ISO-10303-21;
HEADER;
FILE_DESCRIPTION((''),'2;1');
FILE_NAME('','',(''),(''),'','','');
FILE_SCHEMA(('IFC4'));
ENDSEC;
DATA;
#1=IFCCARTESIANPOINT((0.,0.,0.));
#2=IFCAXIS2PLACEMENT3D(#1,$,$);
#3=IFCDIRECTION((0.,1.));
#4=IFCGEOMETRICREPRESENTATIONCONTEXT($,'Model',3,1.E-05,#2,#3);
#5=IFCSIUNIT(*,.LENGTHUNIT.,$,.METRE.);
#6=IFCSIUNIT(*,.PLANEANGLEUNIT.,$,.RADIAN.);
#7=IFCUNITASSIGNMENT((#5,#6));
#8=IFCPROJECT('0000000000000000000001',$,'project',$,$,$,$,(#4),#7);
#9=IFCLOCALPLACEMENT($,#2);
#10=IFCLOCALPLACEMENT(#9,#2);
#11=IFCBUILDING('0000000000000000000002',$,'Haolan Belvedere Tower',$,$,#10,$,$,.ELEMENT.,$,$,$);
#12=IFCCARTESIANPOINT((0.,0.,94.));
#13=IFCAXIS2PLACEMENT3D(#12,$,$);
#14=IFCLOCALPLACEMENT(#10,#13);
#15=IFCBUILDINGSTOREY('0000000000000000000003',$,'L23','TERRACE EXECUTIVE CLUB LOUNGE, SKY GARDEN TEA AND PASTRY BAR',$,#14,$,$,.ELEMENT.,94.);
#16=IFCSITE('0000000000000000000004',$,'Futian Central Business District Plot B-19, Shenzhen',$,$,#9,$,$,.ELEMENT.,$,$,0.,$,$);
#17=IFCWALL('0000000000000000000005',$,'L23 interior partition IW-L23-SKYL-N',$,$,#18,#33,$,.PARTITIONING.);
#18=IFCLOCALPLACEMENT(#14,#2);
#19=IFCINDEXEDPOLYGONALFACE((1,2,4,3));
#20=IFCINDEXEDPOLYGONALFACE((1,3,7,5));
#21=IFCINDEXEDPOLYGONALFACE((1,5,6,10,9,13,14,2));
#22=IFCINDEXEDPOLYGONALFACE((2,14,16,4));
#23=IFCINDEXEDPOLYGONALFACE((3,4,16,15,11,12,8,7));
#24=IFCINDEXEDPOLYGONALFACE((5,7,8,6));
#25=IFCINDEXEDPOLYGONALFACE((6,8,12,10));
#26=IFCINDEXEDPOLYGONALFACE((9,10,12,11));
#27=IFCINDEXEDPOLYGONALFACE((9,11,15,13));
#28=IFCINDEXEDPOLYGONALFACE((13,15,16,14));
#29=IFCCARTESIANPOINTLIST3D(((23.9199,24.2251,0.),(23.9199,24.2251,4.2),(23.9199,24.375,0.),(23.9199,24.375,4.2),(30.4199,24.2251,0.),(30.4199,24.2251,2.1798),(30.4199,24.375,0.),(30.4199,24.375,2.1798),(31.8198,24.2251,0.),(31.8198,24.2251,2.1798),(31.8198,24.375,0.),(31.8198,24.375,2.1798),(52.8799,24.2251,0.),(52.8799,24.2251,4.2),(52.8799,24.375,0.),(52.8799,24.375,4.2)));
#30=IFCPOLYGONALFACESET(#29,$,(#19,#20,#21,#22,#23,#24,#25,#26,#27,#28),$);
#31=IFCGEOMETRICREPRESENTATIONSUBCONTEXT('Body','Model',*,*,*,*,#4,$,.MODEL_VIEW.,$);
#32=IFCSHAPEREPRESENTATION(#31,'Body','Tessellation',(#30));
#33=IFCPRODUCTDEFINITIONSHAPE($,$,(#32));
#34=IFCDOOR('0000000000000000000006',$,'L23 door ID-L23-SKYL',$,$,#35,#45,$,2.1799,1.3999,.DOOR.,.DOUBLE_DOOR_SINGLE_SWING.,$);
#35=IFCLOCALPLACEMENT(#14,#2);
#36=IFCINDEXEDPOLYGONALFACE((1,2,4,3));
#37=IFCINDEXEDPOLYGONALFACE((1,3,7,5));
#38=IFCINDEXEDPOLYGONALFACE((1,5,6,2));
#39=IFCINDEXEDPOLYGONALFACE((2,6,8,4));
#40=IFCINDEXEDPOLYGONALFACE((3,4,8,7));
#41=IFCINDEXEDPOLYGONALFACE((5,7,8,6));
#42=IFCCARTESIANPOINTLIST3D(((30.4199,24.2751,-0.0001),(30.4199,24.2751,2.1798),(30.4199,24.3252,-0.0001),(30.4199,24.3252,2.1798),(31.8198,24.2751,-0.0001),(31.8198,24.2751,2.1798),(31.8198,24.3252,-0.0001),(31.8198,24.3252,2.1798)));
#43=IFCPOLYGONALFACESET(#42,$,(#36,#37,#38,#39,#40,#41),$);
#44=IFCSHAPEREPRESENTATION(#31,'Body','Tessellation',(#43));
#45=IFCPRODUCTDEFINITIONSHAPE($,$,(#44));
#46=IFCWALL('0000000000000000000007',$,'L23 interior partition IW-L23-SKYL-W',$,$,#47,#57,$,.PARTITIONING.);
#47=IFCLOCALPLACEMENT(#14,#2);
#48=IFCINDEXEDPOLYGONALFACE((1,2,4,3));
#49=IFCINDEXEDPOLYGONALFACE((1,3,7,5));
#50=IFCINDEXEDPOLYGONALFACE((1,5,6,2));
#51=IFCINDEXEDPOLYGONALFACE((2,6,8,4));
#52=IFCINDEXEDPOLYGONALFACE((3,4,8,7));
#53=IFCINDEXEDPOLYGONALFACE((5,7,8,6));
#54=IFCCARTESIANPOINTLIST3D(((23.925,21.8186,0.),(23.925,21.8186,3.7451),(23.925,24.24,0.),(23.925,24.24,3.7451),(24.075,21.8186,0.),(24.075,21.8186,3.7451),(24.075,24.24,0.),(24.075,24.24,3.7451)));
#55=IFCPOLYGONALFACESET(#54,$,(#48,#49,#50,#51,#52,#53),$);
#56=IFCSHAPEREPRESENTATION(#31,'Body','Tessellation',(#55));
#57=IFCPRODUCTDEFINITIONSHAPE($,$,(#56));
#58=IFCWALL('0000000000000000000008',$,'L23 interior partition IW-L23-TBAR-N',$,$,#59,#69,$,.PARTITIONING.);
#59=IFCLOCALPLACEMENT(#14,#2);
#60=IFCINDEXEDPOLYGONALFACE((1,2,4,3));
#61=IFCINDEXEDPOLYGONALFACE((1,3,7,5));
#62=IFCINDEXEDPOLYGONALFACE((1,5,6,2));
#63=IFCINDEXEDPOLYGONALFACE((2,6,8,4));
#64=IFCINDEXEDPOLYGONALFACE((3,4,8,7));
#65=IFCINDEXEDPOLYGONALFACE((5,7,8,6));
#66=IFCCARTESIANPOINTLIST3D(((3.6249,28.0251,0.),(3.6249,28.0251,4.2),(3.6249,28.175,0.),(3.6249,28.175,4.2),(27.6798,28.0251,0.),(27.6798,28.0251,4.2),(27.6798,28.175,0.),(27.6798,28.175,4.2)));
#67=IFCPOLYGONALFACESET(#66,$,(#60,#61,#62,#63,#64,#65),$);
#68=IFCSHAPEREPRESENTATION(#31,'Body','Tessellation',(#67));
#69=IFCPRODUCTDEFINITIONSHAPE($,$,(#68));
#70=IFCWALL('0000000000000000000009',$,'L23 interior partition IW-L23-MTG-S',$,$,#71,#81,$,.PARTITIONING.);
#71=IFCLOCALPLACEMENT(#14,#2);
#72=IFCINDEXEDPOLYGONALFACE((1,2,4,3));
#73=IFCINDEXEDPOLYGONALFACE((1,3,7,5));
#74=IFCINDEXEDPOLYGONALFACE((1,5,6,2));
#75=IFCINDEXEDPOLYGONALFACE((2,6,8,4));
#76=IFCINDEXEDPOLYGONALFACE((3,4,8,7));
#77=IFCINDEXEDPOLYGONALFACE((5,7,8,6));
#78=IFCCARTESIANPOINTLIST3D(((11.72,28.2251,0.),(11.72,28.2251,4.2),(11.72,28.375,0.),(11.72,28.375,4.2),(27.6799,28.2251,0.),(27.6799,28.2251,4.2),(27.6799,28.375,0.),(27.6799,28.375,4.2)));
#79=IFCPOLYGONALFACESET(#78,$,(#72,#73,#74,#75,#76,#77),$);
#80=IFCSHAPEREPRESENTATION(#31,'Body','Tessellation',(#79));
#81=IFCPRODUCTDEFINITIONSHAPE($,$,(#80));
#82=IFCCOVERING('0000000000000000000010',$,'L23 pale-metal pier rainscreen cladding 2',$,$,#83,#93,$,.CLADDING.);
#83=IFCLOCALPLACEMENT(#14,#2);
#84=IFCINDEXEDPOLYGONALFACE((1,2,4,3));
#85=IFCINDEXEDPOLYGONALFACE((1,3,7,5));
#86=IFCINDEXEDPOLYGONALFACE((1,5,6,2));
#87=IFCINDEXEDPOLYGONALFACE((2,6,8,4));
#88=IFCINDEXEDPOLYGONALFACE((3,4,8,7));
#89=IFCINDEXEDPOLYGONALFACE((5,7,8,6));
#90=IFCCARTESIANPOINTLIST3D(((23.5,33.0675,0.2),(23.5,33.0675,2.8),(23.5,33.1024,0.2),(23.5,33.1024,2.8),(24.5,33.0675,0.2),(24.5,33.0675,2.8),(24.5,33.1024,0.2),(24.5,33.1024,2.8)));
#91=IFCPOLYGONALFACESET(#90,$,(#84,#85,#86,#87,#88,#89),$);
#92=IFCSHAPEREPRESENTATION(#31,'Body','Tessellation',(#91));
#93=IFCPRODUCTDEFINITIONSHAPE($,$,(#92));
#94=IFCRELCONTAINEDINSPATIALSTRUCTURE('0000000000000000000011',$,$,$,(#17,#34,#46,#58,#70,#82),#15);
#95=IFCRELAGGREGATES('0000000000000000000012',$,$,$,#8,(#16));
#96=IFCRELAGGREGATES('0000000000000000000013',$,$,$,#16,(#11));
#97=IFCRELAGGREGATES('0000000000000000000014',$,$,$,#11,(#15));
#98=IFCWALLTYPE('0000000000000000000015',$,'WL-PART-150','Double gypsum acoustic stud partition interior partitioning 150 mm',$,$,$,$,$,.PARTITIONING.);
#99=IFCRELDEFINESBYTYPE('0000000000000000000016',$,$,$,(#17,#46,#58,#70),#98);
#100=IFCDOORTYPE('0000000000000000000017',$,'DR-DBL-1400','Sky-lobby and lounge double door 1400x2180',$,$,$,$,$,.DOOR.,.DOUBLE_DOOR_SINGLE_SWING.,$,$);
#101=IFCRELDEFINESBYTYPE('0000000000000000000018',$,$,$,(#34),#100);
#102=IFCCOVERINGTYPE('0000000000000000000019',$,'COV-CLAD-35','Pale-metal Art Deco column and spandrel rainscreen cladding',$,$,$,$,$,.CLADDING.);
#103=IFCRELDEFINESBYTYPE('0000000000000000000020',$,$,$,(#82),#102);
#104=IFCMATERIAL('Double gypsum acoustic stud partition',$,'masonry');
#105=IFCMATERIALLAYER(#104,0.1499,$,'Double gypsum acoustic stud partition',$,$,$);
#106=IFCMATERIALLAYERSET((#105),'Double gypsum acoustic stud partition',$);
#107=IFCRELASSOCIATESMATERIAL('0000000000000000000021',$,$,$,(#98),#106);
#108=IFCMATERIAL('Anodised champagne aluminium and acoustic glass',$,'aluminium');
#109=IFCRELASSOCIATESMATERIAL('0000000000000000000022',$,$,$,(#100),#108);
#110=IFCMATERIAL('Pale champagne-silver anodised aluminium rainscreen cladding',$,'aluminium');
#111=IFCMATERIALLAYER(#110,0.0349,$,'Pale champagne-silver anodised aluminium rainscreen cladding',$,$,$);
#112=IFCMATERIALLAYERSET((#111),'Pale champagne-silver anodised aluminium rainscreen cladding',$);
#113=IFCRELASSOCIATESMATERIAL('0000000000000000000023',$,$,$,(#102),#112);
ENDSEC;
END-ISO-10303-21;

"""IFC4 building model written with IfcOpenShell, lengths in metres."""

from ifc_helpers import new_model, si_unit, direction, frame, frame_2d, origin, origin_2d, place, context, subcontext, project, spatial, rectangle, extrude, material, layer, layer_set, type_object, element, fill, save


model = new_model("IFC4")

# Units and contexts
model_context = context("Model", 3, precision=1e-05, world=origin(), true_north=direction((0.0, 1.0)))
body_context = subcontext(model_context, "Body", "Model", "MODEL_VIEW")
ifc_project = project(units=[si_unit("LENGTHUNIT", "METRE"), si_unit("PLANEANGLEUNIT", "RADIAN")], contexts=[model_context])

# Site, building, storey
site_placement = place(None, origin())
site = spatial("IfcSite", under=ifc_project, at=site_placement, Name="Futian Central Business District Plot B-19, Shenzhen", CompositionType="ELEMENT", RefElevation=0.0)
building_placement = place(site_placement, origin())
building = spatial("IfcBuilding", under=site, at=building_placement, Name="Haolan Belvedere Tower", CompositionType="ELEMENT")
storey_placement = place(building_placement, frame((0.0, 0.0, 94.0)))
storey = spatial("IfcBuildingStorey", under=building, at=storey_placement, Name="L23", Description="TERRACE EXECUTIVE CLUB LOUNGE, SKY GARDEN TEA AND PASTRY BAR", CompositionType="ELEMENT", Elevation=94.0)

# Wall, opening, door
ifc_material_1 = material(Name="Double gypsum acoustic stud partition", Category="masonry")
ifc_layer_1 = layer(ifc_material_1, 0.1499, Name="Double gypsum acoustic stud partition")
ifc_layer_set_1 = layer_set([ifc_layer_1], Name="Double gypsum acoustic stud partition")
wall_type_1 = type_object("IfcWallType", Name="WL-PART-150", Description="Double gypsum acoustic stud partition interior partitioning 150 mm", PredefinedType="PARTITIONING", material=ifc_layer_set_1)
wall_1_placement = place(storey_placement, frame((23.9199, 24.3, 0.0), z_axis=(0.0, 0.0, 1.0), x_axis=(1.0, 0.0, 0.0)))
wall_1 = element("IfcWall", 1, at=wall_1_placement, inside=storey, type_object=wall_type_1, Name="L23 interior partition IW-L23-SKYL-N", PredefinedType="PARTITIONING", context=body_context, shape_type="SweptSolid", body=[
    extrude(rectangle(XDim=28.96, YDim=0.1499, at=frame_2d((14.48, 0.0))), origin(), (0.0, 0.0, 1.0), 4.2),
])
opening_1_placement = place(wall_1_placement, frame((7.8999, 0.0, 0.0), z_axis=(0.0, 0.0, 1.0), x_axis=(-1.0, 0.0, 0.0)))
opening_1 = element("IfcOpeningElement", 2, at=opening_1_placement, cuts=wall_1, PredefinedType="OPENING", context=body_context, shape_type="SweptSolid", body=[
    extrude(rectangle(XDim=1.3999, YDim=2.1799, at=frame_2d((0.7, 1.0898))), frame((0.0, 0.085, 0.0), z_axis=(0.0, -1.0, 0.0), x_axis=(1.0, 0.0, 0.0)), (0.0, 0.0, 1.0), 0.1699),
])
ifc_material_2 = material(Name="Anodised champagne aluminium and acoustic glass", Category="aluminium")
door_type_1 = type_object("IfcDoorType", Name="DR-DBL-1400", Description="Sky-lobby and lounge double door 1400x2180", OperationType="DOUBLE_DOOR_SINGLE_SWING", PredefinedType="DOOR", material=ifc_material_2)
door_1_placement = place(opening_1_placement, origin())
door_1 = element("IfcDoor", 3, at=door_1_placement, inside=storey, type_object=door_type_1, Name="L23 door ID-L23-SKYL", OperationType="DOUBLE_DOOR_SINGLE_SWING", OverallHeight=2.1799, OverallWidth=1.3999, PredefinedType="DOOR", context=body_context, shape_type="SweptSolid", body=[
    extrude(rectangle(XDim=1.3999, YDim=2.1799, at=frame_2d((0.7, 1.0898))), frame((0.0, 0.0249, 0.0), z_axis=(0.0, -1.0, 0.0), x_axis=(1.0, 0.0, 0.0)), (0.0, 0.0, 1.0), 0.05),
])
fill(opening_1, door_1)

# Walls
wall_2_placement = place(storey_placement, frame((24.0, 21.8186, 0.0), z_axis=(0.0, 0.0, 1.0), x_axis=(0.0, 1.0, 0.0)))
element("IfcWall", 4, at=wall_2_placement, inside=storey, type_object=wall_type_1, Name="L23 interior partition IW-L23-SKYL-W", PredefinedType="PARTITIONING", context=body_context, shape_type="SweptSolid", body=[
    extrude(rectangle(XDim=2.4214, YDim=0.1499, at=frame_2d((1.2107, 0.0))), origin(), (0.0, 0.0, 1.0), 3.7451),
])
wall_3_placement = place(storey_placement, frame((3.625, 28.1001, 0.0), z_axis=(0.0, 0.0, 1.0), x_axis=(1.0, 0.0, 0.0)))
element("IfcWall", 5, at=wall_3_placement, inside=storey, type_object=wall_type_1, Name="L23 interior partition IW-L23-TBAR-N", PredefinedType="PARTITIONING", context=body_context, shape_type="SweptSolid", body=[
    extrude(rectangle(XDim=24.0549, YDim=0.1499, at=frame_2d((12.0273, 0.0))), origin(), (0.0, 0.0, 1.0), 4.2),
])
wall_4_placement = place(storey_placement, frame((11.72, 28.3, 0.0), z_axis=(0.0, 0.0, 1.0), x_axis=(1.0, 0.0, 0.0)))
element("IfcWall", 6, at=wall_4_placement, inside=storey, type_object=wall_type_1, Name="L23 interior partition IW-L23-MTG-S", PredefinedType="PARTITIONING", context=body_context, shape_type="SweptSolid", body=[
    extrude(rectangle(XDim=15.96, YDim=0.1499, at=frame_2d((7.98, 0.0))), origin(), (0.0, 0.0, 1.0), 4.2),
])

# Covering
ifc_material_3 = material(Name="Pale champagne-silver anodised aluminium rainscreen cladding", Category="aluminium")
ifc_layer_2 = layer(ifc_material_3, 0.0349, Name="Pale champagne-silver anodised aluminium rainscreen cladding")
ifc_layer_set_2 = layer_set([ifc_layer_2], Name="Pale champagne-silver anodised aluminium rainscreen cladding")
covering_type = type_object("IfcCoveringType", Name="COV-CLAD-35", Description="Pale-metal Art Deco column and spandrel rainscreen cladding", PredefinedType="CLADDING", material=ifc_layer_set_2)
covering_placement = place(storey_placement, frame((24.0, 33.085, 0.2), z_axis=(0.0, 0.0, 1.0), x_axis=(1.0, 0.0, 0.0)))
element("IfcCovering", 7, at=covering_placement, inside=storey, type_object=covering_type, Name="L23 pale-metal pier rainscreen cladding 2", PredefinedType="CLADDING", context=body_context, shape_type="SweptSolid", body=[
    extrude(rectangle(XDim=1.0, YDim=0.0349, at=origin_2d()), origin(), (0.0, 0.0, 1.0), 2.6001),
])

save(model, "model.ifc")
